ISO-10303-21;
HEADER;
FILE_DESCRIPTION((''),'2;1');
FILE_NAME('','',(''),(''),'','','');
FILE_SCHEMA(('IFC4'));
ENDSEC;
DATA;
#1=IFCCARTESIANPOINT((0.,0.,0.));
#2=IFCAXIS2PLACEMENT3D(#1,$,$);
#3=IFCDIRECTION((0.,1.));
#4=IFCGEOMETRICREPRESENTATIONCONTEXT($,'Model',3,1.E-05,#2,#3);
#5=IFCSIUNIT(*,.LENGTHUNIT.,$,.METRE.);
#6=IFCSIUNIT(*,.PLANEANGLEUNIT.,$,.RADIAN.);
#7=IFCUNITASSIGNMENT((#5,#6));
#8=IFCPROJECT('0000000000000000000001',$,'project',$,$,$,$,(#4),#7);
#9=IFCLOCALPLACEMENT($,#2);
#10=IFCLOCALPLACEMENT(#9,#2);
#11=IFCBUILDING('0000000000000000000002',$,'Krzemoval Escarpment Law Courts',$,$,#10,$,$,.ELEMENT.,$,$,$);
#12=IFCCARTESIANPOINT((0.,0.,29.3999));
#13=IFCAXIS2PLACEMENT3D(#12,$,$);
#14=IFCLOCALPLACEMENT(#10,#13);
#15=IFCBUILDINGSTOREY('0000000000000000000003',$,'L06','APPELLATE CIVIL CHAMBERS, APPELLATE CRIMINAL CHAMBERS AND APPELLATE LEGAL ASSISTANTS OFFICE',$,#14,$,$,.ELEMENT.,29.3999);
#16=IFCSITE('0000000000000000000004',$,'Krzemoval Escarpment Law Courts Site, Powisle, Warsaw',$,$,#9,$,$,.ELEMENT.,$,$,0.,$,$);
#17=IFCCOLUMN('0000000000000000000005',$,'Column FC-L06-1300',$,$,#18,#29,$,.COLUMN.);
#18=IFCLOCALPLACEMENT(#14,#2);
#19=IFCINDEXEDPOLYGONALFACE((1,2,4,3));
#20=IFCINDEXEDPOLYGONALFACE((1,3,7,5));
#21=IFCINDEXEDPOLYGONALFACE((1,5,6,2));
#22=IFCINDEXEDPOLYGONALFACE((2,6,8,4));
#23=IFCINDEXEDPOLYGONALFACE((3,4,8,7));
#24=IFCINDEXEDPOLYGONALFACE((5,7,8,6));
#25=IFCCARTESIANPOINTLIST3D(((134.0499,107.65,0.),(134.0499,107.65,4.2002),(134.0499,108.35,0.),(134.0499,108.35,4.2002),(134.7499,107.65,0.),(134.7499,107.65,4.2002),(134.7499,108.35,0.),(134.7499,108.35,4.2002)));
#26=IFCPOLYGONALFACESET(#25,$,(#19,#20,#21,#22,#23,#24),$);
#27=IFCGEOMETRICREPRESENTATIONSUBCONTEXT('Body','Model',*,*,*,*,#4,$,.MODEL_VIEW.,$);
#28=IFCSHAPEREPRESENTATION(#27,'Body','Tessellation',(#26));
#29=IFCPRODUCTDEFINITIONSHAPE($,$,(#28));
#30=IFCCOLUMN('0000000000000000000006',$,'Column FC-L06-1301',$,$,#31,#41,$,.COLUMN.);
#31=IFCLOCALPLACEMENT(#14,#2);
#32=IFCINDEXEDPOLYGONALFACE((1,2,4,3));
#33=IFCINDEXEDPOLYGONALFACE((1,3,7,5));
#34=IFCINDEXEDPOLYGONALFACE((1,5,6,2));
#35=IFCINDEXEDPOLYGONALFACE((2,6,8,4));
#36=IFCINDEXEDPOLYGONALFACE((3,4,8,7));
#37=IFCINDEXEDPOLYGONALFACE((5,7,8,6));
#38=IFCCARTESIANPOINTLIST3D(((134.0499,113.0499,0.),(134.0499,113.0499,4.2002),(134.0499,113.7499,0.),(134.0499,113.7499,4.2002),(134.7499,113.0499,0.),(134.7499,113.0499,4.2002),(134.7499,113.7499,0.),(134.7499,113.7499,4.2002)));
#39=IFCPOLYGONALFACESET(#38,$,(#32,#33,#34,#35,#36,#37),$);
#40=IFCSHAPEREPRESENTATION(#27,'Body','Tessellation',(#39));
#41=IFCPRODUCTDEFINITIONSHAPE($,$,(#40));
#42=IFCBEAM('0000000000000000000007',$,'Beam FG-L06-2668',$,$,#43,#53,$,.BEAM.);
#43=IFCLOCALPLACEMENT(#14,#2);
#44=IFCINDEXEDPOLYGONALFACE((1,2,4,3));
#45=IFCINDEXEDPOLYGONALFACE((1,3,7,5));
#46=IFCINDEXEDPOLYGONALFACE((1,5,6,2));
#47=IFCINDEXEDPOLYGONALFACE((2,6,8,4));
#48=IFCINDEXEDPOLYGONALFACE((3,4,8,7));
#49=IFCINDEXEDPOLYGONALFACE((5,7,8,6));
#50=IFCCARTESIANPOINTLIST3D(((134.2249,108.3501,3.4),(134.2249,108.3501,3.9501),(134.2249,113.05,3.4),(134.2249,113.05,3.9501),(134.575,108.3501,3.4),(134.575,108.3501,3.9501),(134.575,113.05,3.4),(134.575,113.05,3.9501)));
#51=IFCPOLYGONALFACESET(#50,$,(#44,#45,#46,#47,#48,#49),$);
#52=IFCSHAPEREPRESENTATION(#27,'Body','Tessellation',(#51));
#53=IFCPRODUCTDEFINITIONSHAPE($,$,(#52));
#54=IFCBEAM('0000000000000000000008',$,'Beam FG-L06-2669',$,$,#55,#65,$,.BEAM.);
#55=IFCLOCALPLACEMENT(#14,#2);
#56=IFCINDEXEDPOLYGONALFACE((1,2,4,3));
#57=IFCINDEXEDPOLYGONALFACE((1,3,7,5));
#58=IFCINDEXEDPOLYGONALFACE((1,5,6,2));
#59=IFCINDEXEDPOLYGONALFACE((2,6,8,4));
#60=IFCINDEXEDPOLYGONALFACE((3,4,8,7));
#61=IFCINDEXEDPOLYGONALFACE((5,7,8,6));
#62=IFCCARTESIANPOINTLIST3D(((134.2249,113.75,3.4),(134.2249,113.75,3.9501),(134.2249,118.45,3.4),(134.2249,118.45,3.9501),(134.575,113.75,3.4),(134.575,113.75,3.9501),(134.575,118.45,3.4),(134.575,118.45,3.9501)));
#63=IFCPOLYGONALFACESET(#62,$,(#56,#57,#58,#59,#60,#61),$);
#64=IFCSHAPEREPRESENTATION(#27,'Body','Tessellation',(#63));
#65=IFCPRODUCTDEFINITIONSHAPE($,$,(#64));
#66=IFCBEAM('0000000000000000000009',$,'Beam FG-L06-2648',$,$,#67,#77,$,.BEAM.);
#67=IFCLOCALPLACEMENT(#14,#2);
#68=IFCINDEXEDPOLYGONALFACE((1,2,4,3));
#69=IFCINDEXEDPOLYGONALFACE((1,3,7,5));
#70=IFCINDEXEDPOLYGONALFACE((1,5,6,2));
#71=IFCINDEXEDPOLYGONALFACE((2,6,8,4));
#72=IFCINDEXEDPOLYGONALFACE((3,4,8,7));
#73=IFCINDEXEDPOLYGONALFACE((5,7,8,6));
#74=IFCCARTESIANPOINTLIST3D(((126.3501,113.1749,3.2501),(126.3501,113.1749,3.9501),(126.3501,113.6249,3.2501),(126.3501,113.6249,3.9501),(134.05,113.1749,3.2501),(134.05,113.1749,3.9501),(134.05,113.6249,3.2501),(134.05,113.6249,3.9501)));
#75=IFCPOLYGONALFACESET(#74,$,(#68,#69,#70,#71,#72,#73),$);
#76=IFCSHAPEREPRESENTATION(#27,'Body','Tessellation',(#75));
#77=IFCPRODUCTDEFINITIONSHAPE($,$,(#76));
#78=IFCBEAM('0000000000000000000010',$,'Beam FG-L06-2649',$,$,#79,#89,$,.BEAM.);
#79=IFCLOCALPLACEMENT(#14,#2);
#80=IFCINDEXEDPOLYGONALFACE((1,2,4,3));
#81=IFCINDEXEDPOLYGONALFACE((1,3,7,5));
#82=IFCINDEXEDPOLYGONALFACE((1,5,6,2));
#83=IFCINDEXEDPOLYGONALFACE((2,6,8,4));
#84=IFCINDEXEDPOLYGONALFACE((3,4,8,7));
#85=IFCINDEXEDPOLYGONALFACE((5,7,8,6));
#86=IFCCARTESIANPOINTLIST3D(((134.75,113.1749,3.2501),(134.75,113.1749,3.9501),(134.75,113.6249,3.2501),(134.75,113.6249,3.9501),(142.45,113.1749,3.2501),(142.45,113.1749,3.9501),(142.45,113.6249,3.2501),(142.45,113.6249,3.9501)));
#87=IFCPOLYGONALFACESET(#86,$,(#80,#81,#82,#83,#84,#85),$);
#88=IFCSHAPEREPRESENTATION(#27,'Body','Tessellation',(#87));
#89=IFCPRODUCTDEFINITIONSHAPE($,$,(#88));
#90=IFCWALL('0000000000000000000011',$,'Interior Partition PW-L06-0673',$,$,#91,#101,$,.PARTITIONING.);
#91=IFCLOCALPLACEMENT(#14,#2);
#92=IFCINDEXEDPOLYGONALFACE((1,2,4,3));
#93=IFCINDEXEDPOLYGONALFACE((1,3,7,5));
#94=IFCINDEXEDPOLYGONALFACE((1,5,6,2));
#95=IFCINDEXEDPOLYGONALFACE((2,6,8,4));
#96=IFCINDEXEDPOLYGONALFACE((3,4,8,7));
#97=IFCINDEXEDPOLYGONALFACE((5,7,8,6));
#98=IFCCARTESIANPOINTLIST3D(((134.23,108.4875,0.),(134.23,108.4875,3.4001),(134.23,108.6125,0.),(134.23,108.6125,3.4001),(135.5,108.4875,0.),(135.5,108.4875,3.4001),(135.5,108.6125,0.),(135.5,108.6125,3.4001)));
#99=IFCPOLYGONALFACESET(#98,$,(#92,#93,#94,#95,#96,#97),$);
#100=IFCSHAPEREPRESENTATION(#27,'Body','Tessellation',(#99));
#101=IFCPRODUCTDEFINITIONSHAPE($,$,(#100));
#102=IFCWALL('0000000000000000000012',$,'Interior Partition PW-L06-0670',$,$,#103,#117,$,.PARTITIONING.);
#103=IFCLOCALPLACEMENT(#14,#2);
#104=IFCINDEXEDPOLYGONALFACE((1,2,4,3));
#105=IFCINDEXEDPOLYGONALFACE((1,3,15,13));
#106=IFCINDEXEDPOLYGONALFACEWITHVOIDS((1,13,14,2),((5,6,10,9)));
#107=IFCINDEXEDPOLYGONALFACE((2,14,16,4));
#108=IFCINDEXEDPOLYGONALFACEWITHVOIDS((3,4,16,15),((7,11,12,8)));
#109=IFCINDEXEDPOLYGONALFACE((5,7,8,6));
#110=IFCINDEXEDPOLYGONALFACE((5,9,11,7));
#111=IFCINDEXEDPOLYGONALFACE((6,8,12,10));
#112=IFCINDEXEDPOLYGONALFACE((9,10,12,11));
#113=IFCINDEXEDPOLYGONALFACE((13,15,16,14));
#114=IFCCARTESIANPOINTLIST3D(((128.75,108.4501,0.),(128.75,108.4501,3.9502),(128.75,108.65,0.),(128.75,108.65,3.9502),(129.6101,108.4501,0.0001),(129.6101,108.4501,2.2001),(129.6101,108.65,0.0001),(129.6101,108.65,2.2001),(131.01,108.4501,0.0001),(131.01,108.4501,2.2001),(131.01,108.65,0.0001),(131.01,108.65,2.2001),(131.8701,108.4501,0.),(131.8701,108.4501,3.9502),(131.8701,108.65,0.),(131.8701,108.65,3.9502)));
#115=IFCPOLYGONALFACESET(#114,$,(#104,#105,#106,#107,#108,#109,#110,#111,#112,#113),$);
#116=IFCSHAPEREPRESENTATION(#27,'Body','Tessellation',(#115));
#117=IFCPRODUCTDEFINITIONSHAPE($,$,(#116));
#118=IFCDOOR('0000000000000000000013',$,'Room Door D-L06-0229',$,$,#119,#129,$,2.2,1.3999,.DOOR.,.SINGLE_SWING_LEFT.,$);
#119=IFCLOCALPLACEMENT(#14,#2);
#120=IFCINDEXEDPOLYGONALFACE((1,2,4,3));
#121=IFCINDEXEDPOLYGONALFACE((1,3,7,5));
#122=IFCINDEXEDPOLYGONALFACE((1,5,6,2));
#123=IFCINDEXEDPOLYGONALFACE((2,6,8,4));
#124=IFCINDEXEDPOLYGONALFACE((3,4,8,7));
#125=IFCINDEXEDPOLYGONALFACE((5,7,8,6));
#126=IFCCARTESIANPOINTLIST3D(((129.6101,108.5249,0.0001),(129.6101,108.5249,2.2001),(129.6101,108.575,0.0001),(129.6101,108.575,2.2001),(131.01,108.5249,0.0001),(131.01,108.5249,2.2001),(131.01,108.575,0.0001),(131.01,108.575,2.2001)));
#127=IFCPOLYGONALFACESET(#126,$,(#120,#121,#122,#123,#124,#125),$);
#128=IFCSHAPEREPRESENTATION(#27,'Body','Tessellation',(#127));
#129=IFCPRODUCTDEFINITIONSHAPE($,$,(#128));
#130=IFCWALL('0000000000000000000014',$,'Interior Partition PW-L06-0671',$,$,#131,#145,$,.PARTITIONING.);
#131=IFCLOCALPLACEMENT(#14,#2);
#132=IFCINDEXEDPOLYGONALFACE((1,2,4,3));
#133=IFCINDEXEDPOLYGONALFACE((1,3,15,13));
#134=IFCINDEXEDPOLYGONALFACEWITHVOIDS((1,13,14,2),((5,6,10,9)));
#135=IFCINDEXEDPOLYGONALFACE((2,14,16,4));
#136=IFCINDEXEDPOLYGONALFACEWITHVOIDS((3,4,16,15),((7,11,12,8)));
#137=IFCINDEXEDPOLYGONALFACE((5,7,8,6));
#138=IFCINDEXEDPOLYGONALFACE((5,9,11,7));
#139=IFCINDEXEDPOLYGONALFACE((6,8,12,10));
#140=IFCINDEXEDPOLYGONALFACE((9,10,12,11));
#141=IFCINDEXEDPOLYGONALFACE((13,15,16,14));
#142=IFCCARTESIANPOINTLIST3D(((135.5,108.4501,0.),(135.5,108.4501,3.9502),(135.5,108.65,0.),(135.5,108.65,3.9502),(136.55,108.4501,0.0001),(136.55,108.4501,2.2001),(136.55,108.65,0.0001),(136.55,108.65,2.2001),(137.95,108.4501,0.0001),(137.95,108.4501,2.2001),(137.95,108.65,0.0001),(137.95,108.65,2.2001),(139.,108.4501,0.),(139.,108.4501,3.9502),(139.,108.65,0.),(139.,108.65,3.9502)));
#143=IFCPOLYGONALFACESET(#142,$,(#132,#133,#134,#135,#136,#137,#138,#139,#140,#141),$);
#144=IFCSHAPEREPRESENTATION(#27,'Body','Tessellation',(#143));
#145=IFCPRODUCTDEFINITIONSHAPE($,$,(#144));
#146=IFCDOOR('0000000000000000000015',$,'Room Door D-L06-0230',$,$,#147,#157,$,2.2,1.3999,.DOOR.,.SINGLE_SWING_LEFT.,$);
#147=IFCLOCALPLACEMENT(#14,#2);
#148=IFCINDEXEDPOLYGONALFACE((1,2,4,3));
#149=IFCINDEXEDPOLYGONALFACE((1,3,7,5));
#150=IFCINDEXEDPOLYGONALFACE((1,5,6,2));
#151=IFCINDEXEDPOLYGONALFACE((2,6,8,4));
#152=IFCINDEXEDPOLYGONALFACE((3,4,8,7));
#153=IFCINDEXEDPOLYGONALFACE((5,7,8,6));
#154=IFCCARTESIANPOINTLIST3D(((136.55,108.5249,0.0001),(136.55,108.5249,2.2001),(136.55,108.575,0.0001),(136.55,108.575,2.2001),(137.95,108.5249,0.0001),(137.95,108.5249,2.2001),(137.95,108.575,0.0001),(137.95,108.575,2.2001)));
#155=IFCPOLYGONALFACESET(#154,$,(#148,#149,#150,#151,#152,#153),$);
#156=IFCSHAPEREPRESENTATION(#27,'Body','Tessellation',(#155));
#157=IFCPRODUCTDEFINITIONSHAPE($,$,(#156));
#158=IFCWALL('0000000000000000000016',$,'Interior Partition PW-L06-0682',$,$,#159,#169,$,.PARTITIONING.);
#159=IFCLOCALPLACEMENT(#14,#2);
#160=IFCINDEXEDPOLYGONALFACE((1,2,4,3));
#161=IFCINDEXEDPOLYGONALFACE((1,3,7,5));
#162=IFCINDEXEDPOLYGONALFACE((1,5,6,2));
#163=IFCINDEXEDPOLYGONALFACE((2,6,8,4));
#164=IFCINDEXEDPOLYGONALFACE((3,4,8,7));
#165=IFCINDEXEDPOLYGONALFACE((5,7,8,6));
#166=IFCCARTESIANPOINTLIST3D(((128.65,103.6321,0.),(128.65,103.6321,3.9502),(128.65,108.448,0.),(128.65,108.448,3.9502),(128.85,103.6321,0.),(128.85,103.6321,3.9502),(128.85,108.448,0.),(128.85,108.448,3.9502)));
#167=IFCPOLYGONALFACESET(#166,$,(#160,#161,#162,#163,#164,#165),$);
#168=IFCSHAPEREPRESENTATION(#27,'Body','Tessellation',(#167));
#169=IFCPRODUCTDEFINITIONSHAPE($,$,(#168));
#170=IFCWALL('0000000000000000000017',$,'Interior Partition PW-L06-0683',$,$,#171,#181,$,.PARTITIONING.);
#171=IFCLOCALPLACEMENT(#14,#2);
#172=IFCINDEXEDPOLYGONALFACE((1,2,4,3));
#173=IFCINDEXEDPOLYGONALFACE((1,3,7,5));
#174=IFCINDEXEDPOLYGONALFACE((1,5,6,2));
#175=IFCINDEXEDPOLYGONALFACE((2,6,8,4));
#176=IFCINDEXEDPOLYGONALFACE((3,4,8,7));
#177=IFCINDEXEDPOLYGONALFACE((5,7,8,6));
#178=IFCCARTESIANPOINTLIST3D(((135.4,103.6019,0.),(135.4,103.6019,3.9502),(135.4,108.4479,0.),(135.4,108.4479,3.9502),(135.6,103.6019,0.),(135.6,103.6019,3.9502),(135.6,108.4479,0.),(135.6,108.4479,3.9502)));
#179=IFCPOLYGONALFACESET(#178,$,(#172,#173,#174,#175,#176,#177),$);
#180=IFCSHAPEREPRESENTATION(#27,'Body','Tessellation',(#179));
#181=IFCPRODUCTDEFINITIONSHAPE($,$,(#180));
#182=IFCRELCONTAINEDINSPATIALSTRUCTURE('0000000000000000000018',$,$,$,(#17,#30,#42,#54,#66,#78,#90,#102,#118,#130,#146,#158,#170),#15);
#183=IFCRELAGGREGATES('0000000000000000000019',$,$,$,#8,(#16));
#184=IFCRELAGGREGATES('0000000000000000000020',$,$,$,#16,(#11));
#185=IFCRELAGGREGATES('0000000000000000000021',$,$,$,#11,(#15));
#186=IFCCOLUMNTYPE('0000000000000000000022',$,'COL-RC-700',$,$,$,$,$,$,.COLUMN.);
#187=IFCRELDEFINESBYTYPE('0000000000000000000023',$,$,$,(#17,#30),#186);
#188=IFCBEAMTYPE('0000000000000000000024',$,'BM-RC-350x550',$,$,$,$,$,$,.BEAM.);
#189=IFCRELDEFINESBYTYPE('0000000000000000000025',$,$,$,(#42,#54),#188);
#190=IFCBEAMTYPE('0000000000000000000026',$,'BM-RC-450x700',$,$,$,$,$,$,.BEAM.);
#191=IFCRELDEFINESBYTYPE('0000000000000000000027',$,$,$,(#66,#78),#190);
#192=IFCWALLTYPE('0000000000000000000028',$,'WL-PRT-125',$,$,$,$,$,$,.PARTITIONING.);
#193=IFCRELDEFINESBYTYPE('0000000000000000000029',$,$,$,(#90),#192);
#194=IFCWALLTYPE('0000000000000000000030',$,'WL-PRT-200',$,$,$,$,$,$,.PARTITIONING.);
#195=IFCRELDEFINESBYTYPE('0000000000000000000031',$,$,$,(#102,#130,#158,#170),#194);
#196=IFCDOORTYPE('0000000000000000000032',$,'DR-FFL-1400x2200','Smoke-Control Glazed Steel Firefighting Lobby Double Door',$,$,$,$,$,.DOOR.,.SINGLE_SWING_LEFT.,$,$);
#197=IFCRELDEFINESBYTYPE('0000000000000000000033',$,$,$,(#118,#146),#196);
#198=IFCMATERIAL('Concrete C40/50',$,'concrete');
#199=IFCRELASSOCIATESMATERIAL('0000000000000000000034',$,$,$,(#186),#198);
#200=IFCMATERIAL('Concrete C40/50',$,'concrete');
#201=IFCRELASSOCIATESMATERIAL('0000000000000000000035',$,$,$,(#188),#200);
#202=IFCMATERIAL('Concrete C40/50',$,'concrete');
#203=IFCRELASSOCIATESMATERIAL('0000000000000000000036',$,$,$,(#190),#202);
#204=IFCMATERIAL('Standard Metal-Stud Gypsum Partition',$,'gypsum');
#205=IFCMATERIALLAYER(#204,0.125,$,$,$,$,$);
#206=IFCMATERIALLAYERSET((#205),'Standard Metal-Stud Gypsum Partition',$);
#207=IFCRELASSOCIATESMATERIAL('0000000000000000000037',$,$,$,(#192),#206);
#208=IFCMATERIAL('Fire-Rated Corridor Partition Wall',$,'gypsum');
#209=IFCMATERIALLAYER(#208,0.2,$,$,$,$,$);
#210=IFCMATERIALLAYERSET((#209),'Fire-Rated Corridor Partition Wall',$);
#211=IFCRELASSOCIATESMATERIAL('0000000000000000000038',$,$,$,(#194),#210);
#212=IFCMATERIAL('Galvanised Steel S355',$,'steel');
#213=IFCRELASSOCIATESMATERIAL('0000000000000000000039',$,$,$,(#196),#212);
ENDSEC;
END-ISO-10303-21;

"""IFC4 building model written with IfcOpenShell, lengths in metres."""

from ifc_helpers import new_model, si_unit, direction, frame, frame_2d, origin, origin_2d, place, context, subcontext, project, spatial, rectangle, extrude, material, layer, layer_set, material_profile, profile_set, type_object, element, fill, save


model = new_model("IFC4")

# Units and contexts
model_context = context("Model", 3, precision=1e-05, world=origin(), true_north=direction((0.0, 1.0)))
body_context = subcontext(model_context, "Body", "Model", "MODEL_VIEW")
ifc_project = project(units=[si_unit("LENGTHUNIT", "METRE"), si_unit("PLANEANGLEUNIT", "RADIAN")], contexts=[model_context])

# Site, building, storey
site_placement = place(None, origin())
site = spatial("IfcSite", under=ifc_project, at=site_placement, Name="Krzemoval Escarpment Law Courts Site, Powisle, Warsaw", CompositionType="ELEMENT", RefElevation=0.0)
building_placement = place(site_placement, origin())
building = spatial("IfcBuilding", under=site, at=building_placement, Name="Krzemoval Escarpment Law Courts", CompositionType="ELEMENT")
storey_placement = place(building_placement, frame((0.0, 0.0, 29.3999)))
storey = spatial("IfcBuildingStorey", under=building, at=storey_placement, Name="L06", Description="APPELLATE CIVIL CHAMBERS, APPELLATE CRIMINAL CHAMBERS AND APPELLATE LEGAL ASSISTANTS OFFICE", CompositionType="ELEMENT", Elevation=29.3999)

# Columns
ifc_material_1 = material(Name="Concrete C40/50", Category="concrete")
ifc_material_profile_1 = material_profile(ifc_material_1, rectangle(XDim=0.7, YDim=0.7, at=origin_2d()), Name="RC 700x700")
ifc_profile_set_1 = profile_set([ifc_material_profile_1], Name="Concrete C40/50")
column_type = type_object("IfcColumnType", Name="COL-RC-700", PredefinedType="COLUMN", material=ifc_profile_set_1)
for number, where, z_axis, x_axis, name in (
    (1, (134.3999, 108.0, 0.0), (0.0, 0.0, 1.0), (1.0, 0.0, 0.0), "Column FC-L06-1300"),
    (2, (134.3999, 113.3999, 0.0), (0.0, 0.0, 1.0), (1.0, 0.0, 0.0), "Column FC-L06-1301"),
):
    element("IfcColumn", number, at=place(storey_placement, frame(where, z_axis=z_axis, x_axis=x_axis)), inside=storey, type_object=column_type, Name=name, PredefinedType="COLUMN", context=body_context, shape_type="SweptSolid", body=[
        extrude(rectangle(XDim=0.7, YDim=0.7, at=origin_2d()), origin(), (0.0, 0.0, 1.0), 4.2002),
    ])

# Beams
ifc_material_2 = material(Name="Concrete C40/50", Category="concrete")
ifc_material_profile_2 = material_profile(ifc_material_2, rectangle(XDim=0.3501, YDim=0.55, at=origin_2d()), Name="RCB 350x550")
ifc_profile_set_2 = profile_set([ifc_material_profile_2], Name="Concrete C40/50")
beam_type_1 = type_object("IfcBeamType", Name="BM-RC-350x550", PredefinedType="BEAM", material=ifc_profile_set_2)
for number, where, z_axis, x_axis, name in (
    (3, (134.3999, 108.3501, 3.675), (0.0, 1.0, 0.0), (-1.0, 0.0, 0.0), "Beam FG-L06-2668"),
    (4, (134.3999, 113.75, 3.675), (0.0, 1.0, 0.0), (-1.0, 0.0, 0.0), "Beam FG-L06-2669"),
):
    element("IfcBeam", number, at=place(storey_placement, frame(where, z_axis=z_axis, x_axis=x_axis)), inside=storey, type_object=beam_type_1, Name=name, PredefinedType="BEAM", context=body_context, shape_type="SweptSolid", body=[
        extrude(rectangle(XDim=0.3501, YDim=0.55, at=origin_2d()), origin(), (0.0, 0.0, 1.0), 4.7),
    ])
ifc_material_3 = material(Name="Concrete C40/50", Category="concrete")
ifc_material_profile_3 = material_profile(ifc_material_3, rectangle(XDim=0.45, YDim=0.7, at=origin_2d()), Name="RCB 450x700")
ifc_profile_set_3 = profile_set([ifc_material_profile_3], Name="Concrete C40/50")
beam_type_2 = type_object("IfcBeamType", Name="BM-RC-450x700", PredefinedType="BEAM", material=ifc_profile_set_3)
for number, where, z_axis, x_axis, name in (
    (5, (126.3501, 113.3999, 3.6001), (1.0, 0.0, 0.0), (0.0, 1.0, 0.0), "Beam FG-L06-2648"),
    (6, (134.75, 113.3999, 3.6001), (1.0, 0.0, 0.0), (0.0, 1.0, 0.0), "Beam FG-L06-2649"),
):
    element("IfcBeam", number, at=place(storey_placement, frame(where, z_axis=z_axis, x_axis=x_axis)), inside=storey, type_object=beam_type_2, Name=name, PredefinedType="BEAM", context=body_context, shape_type="SweptSolid", body=[
        extrude(rectangle(XDim=0.45, YDim=0.7, at=origin_2d()), origin(), (0.0, 0.0, 1.0), 7.7),
    ])

# Wall
ifc_material_4 = material(Name="Standard Metal-Stud Gypsum Partition", Category="gypsum")
ifc_layer_1 = layer(ifc_material_4, 0.125)
ifc_layer_set_1 = layer_set([ifc_layer_1], Name="Standard Metal-Stud Gypsum Partition")
wall_type_1 = type_object("IfcWallType", Name="WL-PRT-125", PredefinedType="PARTITIONING", material=ifc_layer_set_1)
wall_1_placement = place(storey_placement, frame((134.23, 108.55, 0.0), z_axis=(0.0, 0.0, 1.0), x_axis=(1.0, 0.0, 0.0)))
element("IfcWall", 7, at=wall_1_placement, inside=storey, type_object=wall_type_1, Name="Interior Partition PW-L06-0673", PredefinedType="PARTITIONING", context=body_context, shape_type="SweptSolid", body=[
    extrude(rectangle(XDim=1.27, YDim=0.125, at=frame_2d((0.635, 0.0))), origin(), (0.0, 0.0, 1.0), 3.4001),
])

# Walls, openings, doors
ifc_material_5 = material(Name="Fire-Rated Corridor Partition Wall", Category="gypsum")
ifc_layer_2 = layer(ifc_material_5, 0.2)
ifc_layer_set_2 = layer_set([ifc_layer_2], Name="Fire-Rated Corridor Partition Wall")
wall_type_2 = type_object("IfcWallType", Name="WL-PRT-200", PredefinedType="PARTITIONING", material=ifc_layer_set_2)
wall_2_placement = place(storey_placement, frame((128.75, 108.55, 0.0), z_axis=(0.0, 0.0, 1.0), x_axis=(1.0, 0.0, 0.0)))
wall_2 = element("IfcWall", 8, at=wall_2_placement, inside=storey, type_object=wall_type_2, Name="Interior Partition PW-L06-0670", PredefinedType="PARTITIONING", context=body_context, shape_type="SweptSolid", body=[
    extrude(rectangle(XDim=3.1201, YDim=0.2, at=frame_2d((1.5601, 0.0))), origin(), (0.0, 0.0, 1.0), 3.9502),
])
opening_1_placement = place(wall_2_placement, frame((0.8601, 0.0, 0.0)))
opening_1 = element("IfcOpeningElement", 9, at=opening_1_placement, cuts=wall_2, PredefinedType="OPENING", context=body_context, shape_type="SweptSolid", body=[
    extrude(rectangle(XDim=1.3999, YDim=2.2, at=frame_2d((0.7, 1.1001))), frame((0.0, 0.115, 0.0), z_axis=(0.0, -1.0, 0.0), x_axis=(1.0, 0.0, 0.0)), (0.0, 0.0, 1.0), 0.2299),
])
ifc_material_6 = material(Name="Galvanised Steel S355", Category="steel")
door_type_1 = type_object("IfcDoorType", Name="DR-FFL-1400x2200", Description="Smoke-Control Glazed Steel Firefighting Lobby Double Door", OperationType="SINGLE_SWING_LEFT", PredefinedType="DOOR", material=ifc_material_6)
door_1_placement = place(opening_1_placement, origin())
door_1 = element("IfcDoor", 10, at=door_1_placement, inside=storey, type_object=door_type_1, Name="Room Door D-L06-0229", OperationType="SINGLE_SWING_LEFT", OverallHeight=2.2, OverallWidth=1.3999, PredefinedType="DOOR", context=body_context, shape_type="SweptSolid", body=[
    extrude(rectangle(XDim=1.3999, YDim=2.2, at=frame_2d((0.7, 1.1001))), frame((0.0, 0.0249, 0.0), z_axis=(0.0, -1.0, 0.0), x_axis=(1.0, 0.0, 0.0)), (0.0, 0.0, 1.0), 0.05),
])
fill(opening_1, door_1)
wall_3_placement = place(storey_placement, frame((135.5, 108.55, 0.0), z_axis=(0.0, 0.0, 1.0), x_axis=(1.0, 0.0, 0.0)))
wall_3 = element("IfcWall", 11, at=wall_3_placement, inside=storey, type_object=wall_type_2, Name="Interior Partition PW-L06-0671", PredefinedType="PARTITIONING", context=body_context, shape_type="SweptSolid", body=[
    extrude(rectangle(XDim=3.5, YDim=0.2, at=frame_2d((1.75, 0.0))), origin(), (0.0, 0.0, 1.0), 3.9502),
])
opening_2_placement = place(wall_3_placement, frame((1.05, 0.0, 0.0)))
opening_2 = element("IfcOpeningElement", 12, at=opening_2_placement, cuts=wall_3, PredefinedType="OPENING", context=body_context, shape_type="SweptSolid", body=[
    extrude(rectangle(XDim=1.3999, YDim=2.2, at=frame_2d((0.7, 1.1001))), frame((0.0, 0.115, 0.0), z_axis=(0.0, -1.0, 0.0), x_axis=(1.0, 0.0, 0.0)), (0.0, 0.0, 1.0), 0.2299),
])
door_2_placement = place(opening_2_placement, origin())
door_2 = element("IfcDoor", 13, at=door_2_placement, inside=storey, type_object=door_type_1, Name="Room Door D-L06-0230", OperationType="SINGLE_SWING_LEFT", OverallHeight=2.2, OverallWidth=1.3999, PredefinedType="DOOR", context=body_context, shape_type="SweptSolid", body=[
    extrude(rectangle(XDim=1.3999, YDim=2.2, at=frame_2d((0.7, 1.1001))), frame((0.0, 0.0249, 0.0), z_axis=(0.0, -1.0, 0.0), x_axis=(1.0, 0.0, 0.0)), (0.0, 0.0, 1.0), 0.05),
])
fill(opening_2, door_2)

# Walls
wall_4_placement = place(storey_placement, frame((128.75, 103.6321, 0.0), z_axis=(0.0, 0.0, 1.0), x_axis=(0.0, 1.0, 0.0)))
element("IfcWall", 14, at=wall_4_placement, inside=storey, type_object=wall_type_2, Name="Interior Partition PW-L06-0682", PredefinedType="PARTITIONING", context=body_context, shape_type="SweptSolid", body=[
    extrude(rectangle(XDim=4.8159, YDim=0.2, at=frame_2d((2.408, 0.0))), origin(), (0.0, 0.0, 1.0), 3.9502),
])
wall_5_placement = place(storey_placement, frame((135.5, 103.6021, 0.0), z_axis=(0.0, 0.0, 1.0), x_axis=(0.0, 1.0, 0.0)))
element("IfcWall", 15, at=wall_5_placement, inside=storey, type_object=wall_type_2, Name="Interior Partition PW-L06-0683", PredefinedType="PARTITIONING", context=body_context, shape_type="SweptSolid", body=[
    extrude(rectangle(XDim=4.8459, YDim=0.2, at=frame_2d((2.4229, 0.0))), origin(), (0.0, 0.0, 1.0), 3.9502),
])

save(model, "model.ifc")
